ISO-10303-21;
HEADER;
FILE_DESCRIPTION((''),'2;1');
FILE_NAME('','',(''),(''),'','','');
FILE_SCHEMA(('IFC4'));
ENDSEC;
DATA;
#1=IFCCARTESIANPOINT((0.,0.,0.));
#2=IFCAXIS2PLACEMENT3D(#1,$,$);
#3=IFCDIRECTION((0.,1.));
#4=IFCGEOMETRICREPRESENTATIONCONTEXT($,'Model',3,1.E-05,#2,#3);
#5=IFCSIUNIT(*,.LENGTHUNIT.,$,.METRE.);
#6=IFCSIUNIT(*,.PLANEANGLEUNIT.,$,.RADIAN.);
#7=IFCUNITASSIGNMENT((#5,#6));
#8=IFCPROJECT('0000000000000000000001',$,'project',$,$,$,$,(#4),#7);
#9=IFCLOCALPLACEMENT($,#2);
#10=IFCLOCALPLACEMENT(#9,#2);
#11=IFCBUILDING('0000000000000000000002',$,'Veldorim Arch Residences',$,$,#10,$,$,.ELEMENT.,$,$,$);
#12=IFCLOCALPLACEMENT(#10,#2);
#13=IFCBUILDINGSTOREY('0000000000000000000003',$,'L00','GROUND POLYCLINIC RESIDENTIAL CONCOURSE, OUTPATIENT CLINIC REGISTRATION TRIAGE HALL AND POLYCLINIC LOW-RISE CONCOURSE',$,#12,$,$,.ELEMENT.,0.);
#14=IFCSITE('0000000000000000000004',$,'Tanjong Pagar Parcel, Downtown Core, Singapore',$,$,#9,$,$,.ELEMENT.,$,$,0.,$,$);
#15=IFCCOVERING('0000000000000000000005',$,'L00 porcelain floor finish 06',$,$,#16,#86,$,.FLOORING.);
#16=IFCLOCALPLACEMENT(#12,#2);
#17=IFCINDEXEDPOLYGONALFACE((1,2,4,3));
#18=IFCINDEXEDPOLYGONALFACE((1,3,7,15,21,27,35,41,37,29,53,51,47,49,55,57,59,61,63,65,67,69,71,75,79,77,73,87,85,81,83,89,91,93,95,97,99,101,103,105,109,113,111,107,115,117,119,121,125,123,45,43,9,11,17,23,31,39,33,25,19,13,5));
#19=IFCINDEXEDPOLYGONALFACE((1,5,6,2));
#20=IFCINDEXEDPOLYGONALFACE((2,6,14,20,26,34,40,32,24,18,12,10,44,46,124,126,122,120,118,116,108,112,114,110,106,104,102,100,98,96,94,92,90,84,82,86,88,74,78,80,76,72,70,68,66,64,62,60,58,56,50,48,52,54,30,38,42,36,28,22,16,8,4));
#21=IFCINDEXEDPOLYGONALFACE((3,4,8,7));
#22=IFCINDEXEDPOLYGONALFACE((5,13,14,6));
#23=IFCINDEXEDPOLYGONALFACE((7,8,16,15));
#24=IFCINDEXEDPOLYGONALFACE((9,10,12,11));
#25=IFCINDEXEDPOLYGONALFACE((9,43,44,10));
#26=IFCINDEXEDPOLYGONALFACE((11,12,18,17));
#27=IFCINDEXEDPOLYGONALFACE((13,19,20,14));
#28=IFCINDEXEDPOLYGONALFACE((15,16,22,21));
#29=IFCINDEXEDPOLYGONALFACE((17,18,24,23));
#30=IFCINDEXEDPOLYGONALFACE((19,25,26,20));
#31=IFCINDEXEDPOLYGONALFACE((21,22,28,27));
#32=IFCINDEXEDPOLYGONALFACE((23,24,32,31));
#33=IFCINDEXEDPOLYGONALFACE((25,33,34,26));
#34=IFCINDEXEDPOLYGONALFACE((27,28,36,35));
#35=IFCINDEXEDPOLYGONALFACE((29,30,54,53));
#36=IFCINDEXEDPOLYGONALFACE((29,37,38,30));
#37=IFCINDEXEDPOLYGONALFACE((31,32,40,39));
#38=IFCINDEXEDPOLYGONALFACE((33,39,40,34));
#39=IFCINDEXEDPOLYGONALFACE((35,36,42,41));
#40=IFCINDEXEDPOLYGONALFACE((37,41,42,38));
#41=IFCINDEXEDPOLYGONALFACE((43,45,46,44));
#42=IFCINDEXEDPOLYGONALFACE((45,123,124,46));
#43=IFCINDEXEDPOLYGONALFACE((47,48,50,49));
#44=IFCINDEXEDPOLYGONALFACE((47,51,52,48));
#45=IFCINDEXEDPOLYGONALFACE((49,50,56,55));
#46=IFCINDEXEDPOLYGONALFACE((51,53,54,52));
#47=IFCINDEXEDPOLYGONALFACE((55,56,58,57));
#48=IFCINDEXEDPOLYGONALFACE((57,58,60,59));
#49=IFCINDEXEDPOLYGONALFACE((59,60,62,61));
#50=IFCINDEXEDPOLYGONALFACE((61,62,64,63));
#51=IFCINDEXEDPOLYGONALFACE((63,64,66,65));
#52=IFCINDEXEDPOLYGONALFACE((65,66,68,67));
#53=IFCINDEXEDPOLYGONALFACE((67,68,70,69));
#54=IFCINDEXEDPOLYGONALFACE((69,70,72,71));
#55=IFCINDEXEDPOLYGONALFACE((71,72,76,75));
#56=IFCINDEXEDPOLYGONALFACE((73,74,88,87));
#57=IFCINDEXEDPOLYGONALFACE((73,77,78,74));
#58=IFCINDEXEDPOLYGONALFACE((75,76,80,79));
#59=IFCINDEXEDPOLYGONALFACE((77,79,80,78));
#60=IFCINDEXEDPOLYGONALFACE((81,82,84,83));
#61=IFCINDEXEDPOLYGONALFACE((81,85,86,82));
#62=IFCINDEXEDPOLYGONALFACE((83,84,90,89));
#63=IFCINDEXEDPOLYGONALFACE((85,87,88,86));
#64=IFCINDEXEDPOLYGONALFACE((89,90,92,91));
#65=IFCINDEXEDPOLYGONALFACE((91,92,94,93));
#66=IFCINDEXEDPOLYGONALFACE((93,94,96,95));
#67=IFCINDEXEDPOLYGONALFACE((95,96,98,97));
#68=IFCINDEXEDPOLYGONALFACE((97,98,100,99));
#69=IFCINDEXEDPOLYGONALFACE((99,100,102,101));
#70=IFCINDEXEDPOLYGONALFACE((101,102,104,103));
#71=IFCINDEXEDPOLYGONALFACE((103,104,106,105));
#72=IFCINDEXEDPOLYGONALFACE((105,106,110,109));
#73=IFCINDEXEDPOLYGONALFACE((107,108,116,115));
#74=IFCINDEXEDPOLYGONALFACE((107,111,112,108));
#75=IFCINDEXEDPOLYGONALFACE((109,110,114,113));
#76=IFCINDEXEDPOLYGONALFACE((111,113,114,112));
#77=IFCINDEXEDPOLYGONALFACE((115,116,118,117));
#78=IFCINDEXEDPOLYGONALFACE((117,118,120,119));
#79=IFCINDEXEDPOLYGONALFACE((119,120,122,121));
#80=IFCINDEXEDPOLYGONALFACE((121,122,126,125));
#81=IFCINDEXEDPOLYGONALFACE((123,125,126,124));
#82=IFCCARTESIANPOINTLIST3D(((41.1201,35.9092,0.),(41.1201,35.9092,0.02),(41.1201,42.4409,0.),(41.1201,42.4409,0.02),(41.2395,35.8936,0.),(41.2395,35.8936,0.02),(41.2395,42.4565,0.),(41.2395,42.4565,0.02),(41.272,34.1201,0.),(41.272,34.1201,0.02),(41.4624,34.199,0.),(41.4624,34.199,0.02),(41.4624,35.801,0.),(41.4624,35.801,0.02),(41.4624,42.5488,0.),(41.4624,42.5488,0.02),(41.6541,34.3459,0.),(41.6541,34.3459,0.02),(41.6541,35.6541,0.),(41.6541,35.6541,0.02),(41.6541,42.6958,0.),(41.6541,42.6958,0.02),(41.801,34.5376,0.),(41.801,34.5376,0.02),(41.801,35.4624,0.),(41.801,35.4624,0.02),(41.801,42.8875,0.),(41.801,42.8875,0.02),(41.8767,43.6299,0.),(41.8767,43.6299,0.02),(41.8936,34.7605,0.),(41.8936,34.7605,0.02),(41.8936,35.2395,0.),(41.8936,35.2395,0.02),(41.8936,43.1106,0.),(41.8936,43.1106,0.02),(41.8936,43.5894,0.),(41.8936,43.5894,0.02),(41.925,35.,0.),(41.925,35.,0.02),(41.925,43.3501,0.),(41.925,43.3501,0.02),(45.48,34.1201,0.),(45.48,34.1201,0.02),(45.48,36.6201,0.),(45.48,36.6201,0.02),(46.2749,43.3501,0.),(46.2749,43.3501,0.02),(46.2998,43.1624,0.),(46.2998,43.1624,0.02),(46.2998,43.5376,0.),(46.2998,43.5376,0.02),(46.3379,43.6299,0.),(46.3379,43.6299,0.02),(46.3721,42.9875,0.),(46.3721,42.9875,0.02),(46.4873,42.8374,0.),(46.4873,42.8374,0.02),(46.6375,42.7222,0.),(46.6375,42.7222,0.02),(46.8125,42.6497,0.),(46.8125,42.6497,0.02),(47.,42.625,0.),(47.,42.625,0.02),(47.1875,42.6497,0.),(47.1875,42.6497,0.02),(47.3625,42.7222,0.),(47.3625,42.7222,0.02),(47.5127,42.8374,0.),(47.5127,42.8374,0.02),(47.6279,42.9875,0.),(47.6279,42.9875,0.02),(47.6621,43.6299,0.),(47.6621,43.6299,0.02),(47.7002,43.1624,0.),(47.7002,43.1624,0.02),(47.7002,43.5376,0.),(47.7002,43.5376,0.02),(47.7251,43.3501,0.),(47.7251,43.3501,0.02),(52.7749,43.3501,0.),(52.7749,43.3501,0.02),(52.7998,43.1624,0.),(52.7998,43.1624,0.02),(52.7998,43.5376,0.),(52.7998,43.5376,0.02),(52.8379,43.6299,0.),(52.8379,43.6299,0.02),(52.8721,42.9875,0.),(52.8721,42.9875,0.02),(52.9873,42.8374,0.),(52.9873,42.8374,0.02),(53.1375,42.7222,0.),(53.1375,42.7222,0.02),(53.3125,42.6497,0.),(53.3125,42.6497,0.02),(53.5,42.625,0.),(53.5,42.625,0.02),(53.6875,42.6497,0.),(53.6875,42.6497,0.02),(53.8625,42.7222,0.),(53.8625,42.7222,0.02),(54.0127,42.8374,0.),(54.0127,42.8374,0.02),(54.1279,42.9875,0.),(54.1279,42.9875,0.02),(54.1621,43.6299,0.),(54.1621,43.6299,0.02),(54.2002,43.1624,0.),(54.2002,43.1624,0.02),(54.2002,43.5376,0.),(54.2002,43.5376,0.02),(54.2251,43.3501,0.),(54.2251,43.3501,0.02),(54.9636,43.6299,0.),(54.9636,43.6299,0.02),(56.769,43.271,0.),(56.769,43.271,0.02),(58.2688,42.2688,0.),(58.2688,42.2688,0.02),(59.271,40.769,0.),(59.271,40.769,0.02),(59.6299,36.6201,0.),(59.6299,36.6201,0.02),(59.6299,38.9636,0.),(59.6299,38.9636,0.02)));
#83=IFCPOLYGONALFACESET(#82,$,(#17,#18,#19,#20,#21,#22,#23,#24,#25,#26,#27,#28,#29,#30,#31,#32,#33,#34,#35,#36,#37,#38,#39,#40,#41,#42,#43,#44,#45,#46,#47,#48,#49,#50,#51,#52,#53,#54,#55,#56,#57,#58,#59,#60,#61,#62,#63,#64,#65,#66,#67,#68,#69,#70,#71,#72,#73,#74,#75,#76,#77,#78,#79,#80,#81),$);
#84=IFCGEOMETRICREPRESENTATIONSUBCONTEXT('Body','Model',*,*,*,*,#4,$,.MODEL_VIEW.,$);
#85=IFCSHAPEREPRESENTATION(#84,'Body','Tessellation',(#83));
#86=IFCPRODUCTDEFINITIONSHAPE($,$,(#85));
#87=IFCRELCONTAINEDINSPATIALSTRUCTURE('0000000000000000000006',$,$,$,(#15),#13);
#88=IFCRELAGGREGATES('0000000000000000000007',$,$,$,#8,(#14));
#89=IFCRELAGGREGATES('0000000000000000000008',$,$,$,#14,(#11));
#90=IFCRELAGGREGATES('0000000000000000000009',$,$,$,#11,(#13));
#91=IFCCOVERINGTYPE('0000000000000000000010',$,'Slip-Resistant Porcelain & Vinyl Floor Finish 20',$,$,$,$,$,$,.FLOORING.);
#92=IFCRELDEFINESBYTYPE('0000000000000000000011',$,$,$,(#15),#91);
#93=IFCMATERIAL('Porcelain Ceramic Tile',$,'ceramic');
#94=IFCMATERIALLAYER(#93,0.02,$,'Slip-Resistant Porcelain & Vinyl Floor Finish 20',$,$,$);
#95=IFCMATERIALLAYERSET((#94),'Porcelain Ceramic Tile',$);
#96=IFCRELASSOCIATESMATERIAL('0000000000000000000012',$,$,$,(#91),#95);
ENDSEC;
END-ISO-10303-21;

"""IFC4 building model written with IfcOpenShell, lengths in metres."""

from ifc_helpers import new_model, si_unit, direction, origin, place, context, subcontext, project, spatial, polyline, outline, extrude, material, layer, layer_set, type_object, element, save


model = new_model("IFC4")

# Units and contexts
model_context = context("Model", 3, precision=1e-05, world=origin(), true_north=direction((0.0, 1.0)))
body_context = subcontext(model_context, "Body", "Model", "MODEL_VIEW")
ifc_project = project(units=[si_unit("LENGTHUNIT", "METRE"), si_unit("PLANEANGLEUNIT", "RADIAN")], contexts=[model_context])

# Site, building, storey
site_placement = place(None, origin())
site = spatial("IfcSite", under=ifc_project, at=site_placement, Name="Tanjong Pagar Parcel, Downtown Core, Singapore", CompositionType="ELEMENT", RefElevation=0.0)
building_placement = place(site_placement, origin())
building = spatial("IfcBuilding", under=site, at=building_placement, Name="Veldorim Arch Residences", CompositionType="ELEMENT")
storey_placement = place(building_placement, origin())
storey = spatial("IfcBuildingStorey", under=building, at=storey_placement, Name="L00", Description="GROUND POLYCLINIC RESIDENTIAL CONCOURSE, OUTPATIENT CLINIC REGISTRATION TRIAGE HALL AND POLYCLINIC LOW-RISE CONCOURSE", CompositionType="ELEMENT", Elevation=0.0)

# Covering
ifc_material_1 = material(Name="Porcelain Ceramic Tile", Category="ceramic")
ifc_layer_1 = layer(ifc_material_1, 0.02, Name="Slip-Resistant Porcelain & Vinyl Floor Finish 20")
ifc_layer_set_1 = layer_set([ifc_layer_1], Name="Porcelain Ceramic Tile")
covering_type_1 = type_object("IfcCoveringType", Name="Slip-Resistant Porcelain & Vinyl Floor Finish 20", PredefinedType="FLOORING", material=ifc_layer_set_1)
covering_1_placement = place(storey_placement, origin())
element("IfcCovering", 1, at=covering_1_placement, inside=storey, type_object=covering_type_1, Name="L00 porcelain floor finish 06", PredefinedType="FLOORING", context=body_context, shape_type="SweptSolid", body=[
    extrude(outline(polyline([(56.769, 43.271), (58.2688, 42.2688), (59.271, 40.769), (59.6299, 38.9636), (59.6299, 36.6201), (45.48, 36.6201), (45.48, 34.1201), (41.272, 34.1201), (41.4624, 34.199), (41.6541, 34.3459), (41.801, 34.5376), (41.8936, 34.7605), (41.925, 35.0), (41.8936, 35.2395), (41.801, 35.4624), (41.6541, 35.6541), (41.4624, 35.801), (41.2395, 35.8936), (41.1201, 35.9092), (41.1201, 42.4409), (41.2395, 42.4565), (41.4624, 42.5488), (41.6541, 42.6958), (41.801, 42.8875), (41.8936, 43.1106), (41.925, 43.3501), (41.8936, 43.5894), (41.8767, 43.6299), (46.3379, 43.6299), (46.2998, 43.5376), (46.2749, 43.3501), (46.2998, 43.1624), (46.3721, 42.9875), (46.4873, 42.8374), (46.6375, 42.7222), (46.8125, 42.6497), (47.0, 42.625), (47.1875, 42.6497), (47.3625, 42.7222), (47.5127, 42.8374), (47.6279, 42.9875), (47.7002, 43.1624), (47.7251, 43.3501), (47.7002, 43.5376), (47.6621, 43.6299), (52.8379, 43.6299), (52.7998, 43.5376), (52.7749, 43.3501), (52.7998, 43.1624), (52.8721, 42.9875), (52.9873, 42.8374), (53.1375, 42.7222), (53.3125, 42.6497), (53.5, 42.625), (53.6875, 42.6497), (53.8625, 42.7222), (54.0127, 42.8374), (54.1279, 42.9875), (54.2002, 43.1624), (54.2251, 43.3501), (54.2002, 43.5376), (54.1621, 43.6299), (54.9636, 43.6299), (56.769, 43.271)])), origin(), (0.0, 0.0, 1.0), 0.02),
])

save(model, "model.ifc")
